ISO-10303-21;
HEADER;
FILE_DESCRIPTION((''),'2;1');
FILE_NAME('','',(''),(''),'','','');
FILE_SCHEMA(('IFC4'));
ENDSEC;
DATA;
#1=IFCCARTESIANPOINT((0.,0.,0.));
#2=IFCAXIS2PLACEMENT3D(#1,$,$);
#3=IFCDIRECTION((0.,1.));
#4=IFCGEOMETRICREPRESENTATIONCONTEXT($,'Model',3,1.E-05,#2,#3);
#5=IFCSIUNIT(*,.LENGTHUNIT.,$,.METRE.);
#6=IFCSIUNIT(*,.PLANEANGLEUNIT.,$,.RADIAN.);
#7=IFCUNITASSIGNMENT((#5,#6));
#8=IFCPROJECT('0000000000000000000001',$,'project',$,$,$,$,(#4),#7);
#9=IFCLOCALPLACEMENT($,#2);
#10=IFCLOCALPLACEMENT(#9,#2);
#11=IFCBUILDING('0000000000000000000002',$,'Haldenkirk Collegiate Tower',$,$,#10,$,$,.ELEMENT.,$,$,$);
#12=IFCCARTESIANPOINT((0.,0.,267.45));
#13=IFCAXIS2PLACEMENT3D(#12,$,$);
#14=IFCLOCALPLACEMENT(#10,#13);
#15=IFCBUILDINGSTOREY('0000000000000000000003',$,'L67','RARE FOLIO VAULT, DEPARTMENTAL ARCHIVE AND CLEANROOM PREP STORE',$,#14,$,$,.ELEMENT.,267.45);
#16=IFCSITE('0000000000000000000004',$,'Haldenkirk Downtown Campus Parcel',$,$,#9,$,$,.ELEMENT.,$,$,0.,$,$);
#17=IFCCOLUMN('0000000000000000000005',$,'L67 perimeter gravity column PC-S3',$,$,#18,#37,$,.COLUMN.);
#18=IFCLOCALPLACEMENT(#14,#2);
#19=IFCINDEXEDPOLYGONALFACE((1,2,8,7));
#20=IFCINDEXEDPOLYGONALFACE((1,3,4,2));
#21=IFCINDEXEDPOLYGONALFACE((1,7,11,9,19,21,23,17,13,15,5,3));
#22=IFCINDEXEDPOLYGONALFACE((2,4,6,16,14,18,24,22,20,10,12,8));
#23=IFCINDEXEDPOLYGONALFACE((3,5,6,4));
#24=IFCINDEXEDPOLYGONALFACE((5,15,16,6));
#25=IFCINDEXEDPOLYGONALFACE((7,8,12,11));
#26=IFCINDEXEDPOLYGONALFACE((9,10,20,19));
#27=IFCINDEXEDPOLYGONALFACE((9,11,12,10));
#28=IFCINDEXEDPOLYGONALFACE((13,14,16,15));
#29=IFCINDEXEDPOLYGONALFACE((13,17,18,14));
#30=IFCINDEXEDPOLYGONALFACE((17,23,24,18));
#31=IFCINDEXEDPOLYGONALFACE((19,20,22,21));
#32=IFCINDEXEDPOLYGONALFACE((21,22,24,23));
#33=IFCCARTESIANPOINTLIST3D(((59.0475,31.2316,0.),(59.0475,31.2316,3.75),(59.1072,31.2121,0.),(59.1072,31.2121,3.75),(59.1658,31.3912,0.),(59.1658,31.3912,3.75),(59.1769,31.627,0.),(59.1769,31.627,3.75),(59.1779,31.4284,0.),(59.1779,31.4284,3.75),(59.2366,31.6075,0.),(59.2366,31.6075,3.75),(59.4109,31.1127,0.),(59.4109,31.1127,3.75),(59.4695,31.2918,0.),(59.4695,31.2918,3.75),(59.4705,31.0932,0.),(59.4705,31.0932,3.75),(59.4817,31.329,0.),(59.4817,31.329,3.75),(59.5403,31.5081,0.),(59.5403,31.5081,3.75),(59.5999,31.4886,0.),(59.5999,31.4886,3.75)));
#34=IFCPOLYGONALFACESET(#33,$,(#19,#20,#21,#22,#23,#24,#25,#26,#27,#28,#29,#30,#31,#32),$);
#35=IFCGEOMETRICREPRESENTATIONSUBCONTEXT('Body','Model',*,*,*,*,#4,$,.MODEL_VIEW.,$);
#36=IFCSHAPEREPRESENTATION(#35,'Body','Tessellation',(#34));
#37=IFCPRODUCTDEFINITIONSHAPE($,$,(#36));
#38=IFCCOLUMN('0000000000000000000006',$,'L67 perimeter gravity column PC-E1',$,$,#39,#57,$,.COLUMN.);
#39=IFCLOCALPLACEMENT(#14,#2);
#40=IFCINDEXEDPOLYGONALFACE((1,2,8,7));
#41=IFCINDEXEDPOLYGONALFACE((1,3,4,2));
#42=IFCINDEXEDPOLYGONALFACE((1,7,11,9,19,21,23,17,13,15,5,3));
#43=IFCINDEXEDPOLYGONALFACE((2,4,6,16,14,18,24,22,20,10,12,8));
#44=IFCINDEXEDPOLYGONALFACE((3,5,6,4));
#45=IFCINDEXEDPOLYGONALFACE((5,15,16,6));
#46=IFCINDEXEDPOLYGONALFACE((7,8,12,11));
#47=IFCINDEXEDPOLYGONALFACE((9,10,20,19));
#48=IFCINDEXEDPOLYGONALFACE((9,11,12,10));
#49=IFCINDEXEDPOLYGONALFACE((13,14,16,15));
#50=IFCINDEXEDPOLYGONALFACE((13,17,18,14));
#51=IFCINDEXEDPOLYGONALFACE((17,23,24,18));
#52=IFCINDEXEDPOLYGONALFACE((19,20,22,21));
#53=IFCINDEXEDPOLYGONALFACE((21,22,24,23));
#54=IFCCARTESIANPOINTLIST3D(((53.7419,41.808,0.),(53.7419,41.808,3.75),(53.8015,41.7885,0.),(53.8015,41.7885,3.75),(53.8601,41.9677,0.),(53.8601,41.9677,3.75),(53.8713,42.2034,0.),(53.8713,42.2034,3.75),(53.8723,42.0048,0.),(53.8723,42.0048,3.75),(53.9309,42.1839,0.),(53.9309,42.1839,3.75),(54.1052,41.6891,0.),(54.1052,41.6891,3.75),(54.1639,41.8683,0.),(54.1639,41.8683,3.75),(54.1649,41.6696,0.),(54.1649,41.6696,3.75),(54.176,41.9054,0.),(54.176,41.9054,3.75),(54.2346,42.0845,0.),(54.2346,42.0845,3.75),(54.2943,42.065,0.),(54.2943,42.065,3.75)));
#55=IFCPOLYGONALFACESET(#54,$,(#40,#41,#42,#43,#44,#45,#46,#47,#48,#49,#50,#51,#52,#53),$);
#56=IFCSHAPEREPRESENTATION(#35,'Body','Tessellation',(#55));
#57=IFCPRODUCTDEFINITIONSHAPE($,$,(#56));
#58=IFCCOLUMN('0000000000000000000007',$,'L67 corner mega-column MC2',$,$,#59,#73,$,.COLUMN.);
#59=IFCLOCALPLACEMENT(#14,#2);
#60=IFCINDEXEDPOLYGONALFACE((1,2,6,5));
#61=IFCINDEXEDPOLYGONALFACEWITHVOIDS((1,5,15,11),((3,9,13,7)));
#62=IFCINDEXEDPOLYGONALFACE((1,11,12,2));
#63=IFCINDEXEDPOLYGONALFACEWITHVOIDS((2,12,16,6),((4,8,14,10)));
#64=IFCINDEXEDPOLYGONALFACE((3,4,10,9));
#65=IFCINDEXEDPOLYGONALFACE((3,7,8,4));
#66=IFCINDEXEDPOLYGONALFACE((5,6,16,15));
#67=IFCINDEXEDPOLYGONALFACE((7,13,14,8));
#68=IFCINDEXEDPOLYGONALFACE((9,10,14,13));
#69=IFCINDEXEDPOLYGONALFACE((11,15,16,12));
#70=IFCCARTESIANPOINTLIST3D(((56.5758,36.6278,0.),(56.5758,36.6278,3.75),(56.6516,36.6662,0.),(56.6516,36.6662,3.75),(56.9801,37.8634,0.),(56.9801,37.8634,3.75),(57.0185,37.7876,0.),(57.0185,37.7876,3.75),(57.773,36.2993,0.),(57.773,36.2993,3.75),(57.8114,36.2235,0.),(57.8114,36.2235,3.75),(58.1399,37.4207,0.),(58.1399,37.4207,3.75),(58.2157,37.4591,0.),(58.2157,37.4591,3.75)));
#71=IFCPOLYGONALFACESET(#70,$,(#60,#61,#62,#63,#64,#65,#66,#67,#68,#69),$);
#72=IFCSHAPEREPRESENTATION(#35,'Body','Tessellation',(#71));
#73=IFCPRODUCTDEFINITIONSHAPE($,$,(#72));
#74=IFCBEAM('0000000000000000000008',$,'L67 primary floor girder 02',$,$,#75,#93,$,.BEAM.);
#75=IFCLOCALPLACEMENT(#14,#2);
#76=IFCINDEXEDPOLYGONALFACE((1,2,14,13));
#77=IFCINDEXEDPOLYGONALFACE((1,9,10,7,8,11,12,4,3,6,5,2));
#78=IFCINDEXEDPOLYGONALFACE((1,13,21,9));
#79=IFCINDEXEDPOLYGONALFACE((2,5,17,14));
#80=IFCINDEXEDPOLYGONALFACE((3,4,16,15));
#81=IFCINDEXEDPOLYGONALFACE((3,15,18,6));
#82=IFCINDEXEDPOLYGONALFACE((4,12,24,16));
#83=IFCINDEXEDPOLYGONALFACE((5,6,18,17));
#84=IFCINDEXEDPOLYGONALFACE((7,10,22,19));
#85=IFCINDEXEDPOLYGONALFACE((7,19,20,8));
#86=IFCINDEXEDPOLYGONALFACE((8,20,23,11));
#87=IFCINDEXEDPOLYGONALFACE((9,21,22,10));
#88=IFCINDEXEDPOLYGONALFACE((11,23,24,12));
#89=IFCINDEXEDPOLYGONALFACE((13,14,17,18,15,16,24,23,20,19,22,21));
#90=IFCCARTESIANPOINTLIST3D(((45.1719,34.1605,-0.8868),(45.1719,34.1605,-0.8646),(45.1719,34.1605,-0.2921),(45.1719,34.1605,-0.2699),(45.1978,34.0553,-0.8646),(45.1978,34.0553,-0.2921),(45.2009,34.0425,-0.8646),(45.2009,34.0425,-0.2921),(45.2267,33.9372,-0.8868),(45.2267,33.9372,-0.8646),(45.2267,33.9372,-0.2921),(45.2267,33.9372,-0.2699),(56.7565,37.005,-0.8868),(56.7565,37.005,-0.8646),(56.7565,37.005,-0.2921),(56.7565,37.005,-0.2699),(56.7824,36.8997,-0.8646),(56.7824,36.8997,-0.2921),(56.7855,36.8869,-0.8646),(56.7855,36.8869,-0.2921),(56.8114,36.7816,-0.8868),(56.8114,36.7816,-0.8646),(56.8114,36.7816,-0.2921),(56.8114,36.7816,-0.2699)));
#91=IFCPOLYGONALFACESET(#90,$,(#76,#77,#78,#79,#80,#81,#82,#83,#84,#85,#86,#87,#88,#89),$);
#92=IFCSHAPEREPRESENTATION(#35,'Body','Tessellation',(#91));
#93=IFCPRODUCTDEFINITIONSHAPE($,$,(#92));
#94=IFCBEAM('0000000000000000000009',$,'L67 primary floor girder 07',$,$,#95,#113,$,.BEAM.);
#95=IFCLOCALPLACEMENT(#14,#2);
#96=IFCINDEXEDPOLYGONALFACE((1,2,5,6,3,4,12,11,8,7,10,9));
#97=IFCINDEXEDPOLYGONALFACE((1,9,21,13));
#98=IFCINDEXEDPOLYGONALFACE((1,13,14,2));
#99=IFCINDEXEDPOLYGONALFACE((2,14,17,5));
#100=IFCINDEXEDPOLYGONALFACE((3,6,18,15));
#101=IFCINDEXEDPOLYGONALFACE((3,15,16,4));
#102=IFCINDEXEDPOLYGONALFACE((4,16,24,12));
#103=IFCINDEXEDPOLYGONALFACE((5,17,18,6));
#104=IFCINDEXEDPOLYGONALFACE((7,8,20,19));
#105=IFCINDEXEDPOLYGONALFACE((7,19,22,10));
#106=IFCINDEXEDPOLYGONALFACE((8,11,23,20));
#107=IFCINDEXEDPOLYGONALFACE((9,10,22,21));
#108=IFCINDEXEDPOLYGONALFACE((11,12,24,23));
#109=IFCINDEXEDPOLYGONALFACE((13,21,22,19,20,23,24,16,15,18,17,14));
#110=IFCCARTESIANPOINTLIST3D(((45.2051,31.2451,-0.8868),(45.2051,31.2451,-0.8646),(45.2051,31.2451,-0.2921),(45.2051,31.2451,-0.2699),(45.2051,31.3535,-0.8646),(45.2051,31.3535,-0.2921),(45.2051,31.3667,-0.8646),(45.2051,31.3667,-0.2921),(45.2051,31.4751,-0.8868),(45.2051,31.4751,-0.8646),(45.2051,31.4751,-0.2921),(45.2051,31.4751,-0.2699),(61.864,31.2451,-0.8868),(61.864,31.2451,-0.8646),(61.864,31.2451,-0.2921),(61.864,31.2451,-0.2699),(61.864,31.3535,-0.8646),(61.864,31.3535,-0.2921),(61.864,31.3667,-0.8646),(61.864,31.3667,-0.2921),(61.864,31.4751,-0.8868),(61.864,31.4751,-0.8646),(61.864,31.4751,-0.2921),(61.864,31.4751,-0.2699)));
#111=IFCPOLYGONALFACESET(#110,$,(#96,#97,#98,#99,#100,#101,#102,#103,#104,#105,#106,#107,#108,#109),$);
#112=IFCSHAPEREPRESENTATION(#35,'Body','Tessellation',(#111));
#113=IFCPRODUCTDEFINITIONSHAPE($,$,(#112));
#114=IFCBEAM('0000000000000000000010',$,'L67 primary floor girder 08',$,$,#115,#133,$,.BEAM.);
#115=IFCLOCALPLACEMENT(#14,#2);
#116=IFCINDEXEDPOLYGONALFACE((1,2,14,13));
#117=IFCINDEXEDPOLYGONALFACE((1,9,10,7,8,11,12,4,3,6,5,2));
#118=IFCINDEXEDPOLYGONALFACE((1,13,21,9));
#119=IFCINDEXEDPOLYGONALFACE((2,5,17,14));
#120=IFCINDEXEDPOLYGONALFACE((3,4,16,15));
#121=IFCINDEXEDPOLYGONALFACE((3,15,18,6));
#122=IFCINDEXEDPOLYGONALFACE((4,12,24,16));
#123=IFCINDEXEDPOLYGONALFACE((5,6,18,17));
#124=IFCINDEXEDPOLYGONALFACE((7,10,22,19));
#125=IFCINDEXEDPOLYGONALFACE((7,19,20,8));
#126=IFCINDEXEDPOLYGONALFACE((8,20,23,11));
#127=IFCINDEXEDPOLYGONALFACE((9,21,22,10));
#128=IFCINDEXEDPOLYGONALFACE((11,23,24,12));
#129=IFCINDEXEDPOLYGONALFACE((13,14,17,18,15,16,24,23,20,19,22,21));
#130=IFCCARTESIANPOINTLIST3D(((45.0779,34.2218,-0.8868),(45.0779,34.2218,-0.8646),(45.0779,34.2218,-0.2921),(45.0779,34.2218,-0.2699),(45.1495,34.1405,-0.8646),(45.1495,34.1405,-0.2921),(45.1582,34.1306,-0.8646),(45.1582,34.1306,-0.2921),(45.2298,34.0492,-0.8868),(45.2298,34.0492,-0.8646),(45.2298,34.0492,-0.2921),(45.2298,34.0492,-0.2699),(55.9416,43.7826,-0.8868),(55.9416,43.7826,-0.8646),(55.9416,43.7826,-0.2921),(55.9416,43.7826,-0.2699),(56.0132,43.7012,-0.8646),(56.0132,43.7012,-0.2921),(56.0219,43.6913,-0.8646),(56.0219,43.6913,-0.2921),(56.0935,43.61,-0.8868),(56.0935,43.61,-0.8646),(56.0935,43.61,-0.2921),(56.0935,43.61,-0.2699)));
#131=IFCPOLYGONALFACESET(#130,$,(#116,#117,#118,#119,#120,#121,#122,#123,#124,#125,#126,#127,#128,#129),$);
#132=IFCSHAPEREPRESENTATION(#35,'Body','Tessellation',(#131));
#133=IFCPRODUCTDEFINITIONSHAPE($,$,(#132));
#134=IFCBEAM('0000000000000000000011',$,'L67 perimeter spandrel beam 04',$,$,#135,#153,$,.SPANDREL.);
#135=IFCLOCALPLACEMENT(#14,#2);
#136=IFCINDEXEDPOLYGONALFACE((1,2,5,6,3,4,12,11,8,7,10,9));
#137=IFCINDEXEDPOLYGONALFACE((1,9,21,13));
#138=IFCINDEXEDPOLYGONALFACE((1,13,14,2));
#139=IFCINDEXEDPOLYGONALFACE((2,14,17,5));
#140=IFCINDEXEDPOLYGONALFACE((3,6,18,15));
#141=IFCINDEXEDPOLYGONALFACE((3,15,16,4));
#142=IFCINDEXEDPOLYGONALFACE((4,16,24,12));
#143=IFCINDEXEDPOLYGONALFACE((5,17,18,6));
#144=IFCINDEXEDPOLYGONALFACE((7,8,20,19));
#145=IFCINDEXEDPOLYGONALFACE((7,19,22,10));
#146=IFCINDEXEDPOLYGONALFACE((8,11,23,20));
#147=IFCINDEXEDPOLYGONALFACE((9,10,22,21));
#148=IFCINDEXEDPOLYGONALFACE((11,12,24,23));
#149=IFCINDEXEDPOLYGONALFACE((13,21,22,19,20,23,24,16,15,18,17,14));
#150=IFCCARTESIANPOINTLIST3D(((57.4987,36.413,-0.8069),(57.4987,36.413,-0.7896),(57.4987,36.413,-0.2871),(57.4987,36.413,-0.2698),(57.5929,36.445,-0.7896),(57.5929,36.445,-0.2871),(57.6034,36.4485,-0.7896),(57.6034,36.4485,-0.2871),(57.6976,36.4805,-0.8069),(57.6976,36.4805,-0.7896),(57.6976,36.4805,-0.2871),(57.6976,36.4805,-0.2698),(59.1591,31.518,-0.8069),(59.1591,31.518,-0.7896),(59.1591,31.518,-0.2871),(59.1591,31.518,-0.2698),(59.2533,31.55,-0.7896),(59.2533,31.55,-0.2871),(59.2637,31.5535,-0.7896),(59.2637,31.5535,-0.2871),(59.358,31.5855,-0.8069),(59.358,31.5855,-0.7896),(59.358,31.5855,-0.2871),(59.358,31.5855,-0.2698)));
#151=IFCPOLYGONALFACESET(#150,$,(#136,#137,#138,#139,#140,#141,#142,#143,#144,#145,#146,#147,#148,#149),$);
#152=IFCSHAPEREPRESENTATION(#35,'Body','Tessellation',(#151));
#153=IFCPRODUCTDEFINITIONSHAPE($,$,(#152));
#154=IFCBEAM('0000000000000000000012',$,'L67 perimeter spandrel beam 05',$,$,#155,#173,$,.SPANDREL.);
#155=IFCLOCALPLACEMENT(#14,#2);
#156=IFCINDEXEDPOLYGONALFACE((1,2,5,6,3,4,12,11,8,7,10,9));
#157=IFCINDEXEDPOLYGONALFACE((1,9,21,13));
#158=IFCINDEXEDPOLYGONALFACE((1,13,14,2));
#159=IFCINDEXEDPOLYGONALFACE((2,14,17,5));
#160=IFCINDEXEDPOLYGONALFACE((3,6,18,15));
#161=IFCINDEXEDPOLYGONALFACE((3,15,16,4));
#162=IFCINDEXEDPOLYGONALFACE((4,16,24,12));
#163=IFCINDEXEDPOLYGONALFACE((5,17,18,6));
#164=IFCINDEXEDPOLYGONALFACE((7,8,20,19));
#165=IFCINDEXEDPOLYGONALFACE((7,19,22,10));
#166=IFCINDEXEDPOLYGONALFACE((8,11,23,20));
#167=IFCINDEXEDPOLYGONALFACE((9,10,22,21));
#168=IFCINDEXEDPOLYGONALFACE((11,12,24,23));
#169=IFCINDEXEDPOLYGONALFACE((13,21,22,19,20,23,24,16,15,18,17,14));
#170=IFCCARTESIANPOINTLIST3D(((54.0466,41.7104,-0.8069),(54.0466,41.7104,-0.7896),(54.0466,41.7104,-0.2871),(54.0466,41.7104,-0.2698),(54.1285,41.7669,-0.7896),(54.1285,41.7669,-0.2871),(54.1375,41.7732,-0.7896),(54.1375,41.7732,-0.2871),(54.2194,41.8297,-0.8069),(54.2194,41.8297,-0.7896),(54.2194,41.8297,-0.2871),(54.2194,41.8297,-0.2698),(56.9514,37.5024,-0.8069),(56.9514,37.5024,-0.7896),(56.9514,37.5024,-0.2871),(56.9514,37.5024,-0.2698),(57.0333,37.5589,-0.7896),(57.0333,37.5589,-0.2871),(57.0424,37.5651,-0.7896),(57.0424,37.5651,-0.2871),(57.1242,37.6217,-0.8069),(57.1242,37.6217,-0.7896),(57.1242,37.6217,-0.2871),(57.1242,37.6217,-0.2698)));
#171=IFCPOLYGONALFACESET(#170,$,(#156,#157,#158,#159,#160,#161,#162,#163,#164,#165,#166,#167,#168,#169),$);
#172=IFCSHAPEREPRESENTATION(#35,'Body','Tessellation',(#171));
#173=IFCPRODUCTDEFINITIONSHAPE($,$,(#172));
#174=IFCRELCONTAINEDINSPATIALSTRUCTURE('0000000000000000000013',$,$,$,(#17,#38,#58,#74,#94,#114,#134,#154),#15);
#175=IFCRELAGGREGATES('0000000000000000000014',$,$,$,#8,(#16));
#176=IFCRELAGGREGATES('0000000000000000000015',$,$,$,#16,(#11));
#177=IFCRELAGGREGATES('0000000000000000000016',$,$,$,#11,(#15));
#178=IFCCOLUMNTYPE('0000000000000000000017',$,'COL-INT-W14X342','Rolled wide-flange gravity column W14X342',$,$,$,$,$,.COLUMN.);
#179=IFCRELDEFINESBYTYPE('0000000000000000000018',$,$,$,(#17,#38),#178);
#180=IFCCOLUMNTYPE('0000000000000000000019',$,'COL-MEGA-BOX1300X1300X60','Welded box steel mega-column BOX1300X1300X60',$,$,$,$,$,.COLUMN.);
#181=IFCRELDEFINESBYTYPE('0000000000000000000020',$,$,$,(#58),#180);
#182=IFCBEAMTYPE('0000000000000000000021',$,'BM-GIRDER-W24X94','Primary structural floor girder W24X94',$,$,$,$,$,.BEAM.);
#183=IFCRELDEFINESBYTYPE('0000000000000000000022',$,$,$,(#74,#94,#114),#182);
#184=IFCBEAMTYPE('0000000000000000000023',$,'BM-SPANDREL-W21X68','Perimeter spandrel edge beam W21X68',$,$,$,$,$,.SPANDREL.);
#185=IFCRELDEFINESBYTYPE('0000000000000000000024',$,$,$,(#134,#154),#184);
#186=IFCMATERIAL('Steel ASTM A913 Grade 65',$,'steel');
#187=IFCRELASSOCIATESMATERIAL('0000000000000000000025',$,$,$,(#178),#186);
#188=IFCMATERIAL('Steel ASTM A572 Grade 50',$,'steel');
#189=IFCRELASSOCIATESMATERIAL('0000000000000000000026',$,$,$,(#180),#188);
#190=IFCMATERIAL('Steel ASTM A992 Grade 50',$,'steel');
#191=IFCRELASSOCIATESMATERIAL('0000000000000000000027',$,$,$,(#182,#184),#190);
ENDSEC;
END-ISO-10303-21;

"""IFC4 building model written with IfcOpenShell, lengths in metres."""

from ifc_helpers import new_model, si_unit, direction, frame, origin, origin_2d, place, context, subcontext, project, spatial, hollow_rectangle, i_section, extrude, material, material_profile, profile_set, type_object, element, save


model = new_model("IFC4")

# Units and contexts
model_context = context("Model", 3, precision=1e-05, world=origin(), true_north=direction((0.0, 1.0)))
body_context = subcontext(model_context, "Body", "Model", "MODEL_VIEW")
ifc_project = project(units=[si_unit("LENGTHUNIT", "METRE"), si_unit("PLANEANGLEUNIT", "RADIAN")], contexts=[model_context])

# Site, building, storey
site_placement = place(None, origin())
site = spatial("IfcSite", under=ifc_project, at=site_placement, Name="Haldenkirk Downtown Campus Parcel", CompositionType="ELEMENT", RefElevation=0.0)
building_placement = place(site_placement, origin())
building = spatial("IfcBuilding", under=site, at=building_placement, Name="Haldenkirk Collegiate Tower", CompositionType="ELEMENT")
storey_placement = place(building_placement, frame((0.0, 0.0, 267.45)))
storey = spatial("IfcBuildingStorey", under=building, at=storey_placement, Name="L67", Description="RARE FOLIO VAULT, DEPARTMENTAL ARCHIVE AND CLEANROOM PREP STORE", CompositionType="ELEMENT", Elevation=267.45)

# Columns
ifc_material_1 = material(Name="Steel ASTM A913 Grade 65", Category="steel")
ifc_material_profile_1 = material_profile(ifc_material_1, i_section(OverallWidth=0.416, OverallDepth=0.4451, WebThickness=0.0391, FlangeThickness=0.0627, at=origin_2d()), Name="W14X342")
ifc_profile_set_1 = profile_set([ifc_material_profile_1], Name="Steel ASTM A913 Grade 65")
column_type_1 = type_object("IfcColumnType", Name="COL-INT-W14X342", Description="Rolled wide-flange gravity column W14X342", PredefinedType="COLUMN", material=ifc_profile_set_1)
for number, where, z_axis, x_axis, name in (
    (1, (59.3237, 31.3601, 0.0), (0.0, 0.0, 1.0), (0.311008, 0.950407, 0.0), "L67 perimeter gravity column PC-S3"),
    (2, (54.0181, 41.9365, 0.0), (0.0, 0.0, 1.0), (0.311008, 0.950407, 0.0), "L67 perimeter gravity column PC-E1"),
):
    element("IfcColumn", number, at=place(storey_placement, frame(where, z_axis=z_axis, x_axis=x_axis)), inside=storey, type_object=column_type_1, Name=name, PredefinedType="COLUMN", context=body_context, shape_type="SweptSolid", body=[
        extrude(i_section(OverallWidth=0.416, OverallDepth=0.4451, WebThickness=0.0391, FlangeThickness=0.0627, at=origin_2d()), origin(), (0.0, 0.0, 1.0), 3.75),
    ])
ifc_material_2 = material(Name="Steel ASTM A572 Grade 50", Category="steel")
ifc_material_profile_2 = material_profile(ifc_material_2, hollow_rectangle(XDim=1.3, YDim=1.3, WallThickness=0.0601, at=origin_2d()), Name="BOX1300X1300X60")
ifc_profile_set_2 = profile_set([ifc_material_profile_2], Name="Steel ASTM A572 Grade 50")
column_type_2 = type_object("IfcColumnType", Name="COL-MEGA-BOX1300X1300X60", Description="Welded box steel mega-column BOX1300X1300X60", PredefinedType="COLUMN", material=ifc_profile_set_2)
column_placement = place(storey_placement, frame((57.3958, 37.0435, 0.0), z_axis=(0.0, 0.0, 1.0), x_axis=(0.311008, 0.950407, 0.0)))
element("IfcColumn", 3, at=column_placement, inside=storey, type_object=column_type_2, Name="L67 corner mega-column MC2", PredefinedType="COLUMN", context=body_context, shape_type="SweptSolid", body=[
    extrude(hollow_rectangle(XDim=1.3, YDim=1.3, WallThickness=0.0601, at=origin_2d()), origin(), (0.0, 0.0, 1.0), 3.75),
])

# Beams
ifc_material_3 = material(Name="Steel ASTM A992 Grade 50", Category="steel")
ifc_material_profile_3 = material_profile(ifc_material_3, i_section(OverallWidth=0.23, OverallDepth=0.6169, WebThickness=0.0132, FlangeThickness=0.0222, at=origin_2d()), Name="W24X94")
ifc_profile_set_3 = profile_set([ifc_material_profile_3], Name="Steel ASTM A992 Grade 50")
beam_type_1 = type_object("IfcBeamType", Name="BM-GIRDER-W24X94", Description="Primary structural floor girder W24X94", PredefinedType="BEAM", material=ifc_profile_set_3)
beam_1_placement = place(storey_placement, frame((56.7839, 36.8933, -0.5784), z_axis=(-0.971154, -0.238455, 0.0), x_axis=(0.238455, -0.971154, 0.0)))
element("IfcBeam", 4, at=beam_1_placement, inside=storey, type_object=beam_type_1, Name="L67 primary floor girder 02", PredefinedType="BEAM", context=body_context, shape_type="SweptSolid", body=[
    extrude(i_section(OverallWidth=0.23, OverallDepth=0.6169, WebThickness=0.0132, FlangeThickness=0.0222, at=origin_2d()), origin(), (0.0, 0.0, 1.0), 11.9287),
])
beam_2_placement = place(storey_placement, frame((61.864, 31.3601, -0.5784), z_axis=(-1.0, 0.0, 0.0), x_axis=(0.0, -1.0, 0.0)))
element("IfcBeam", 5, at=beam_2_placement, inside=storey, type_object=beam_type_1, Name="L67 primary floor girder 07", PredefinedType="BEAM", context=body_context, shape_type="SweptSolid", body=[
    extrude(i_section(OverallWidth=0.23, OverallDepth=0.6169, WebThickness=0.0132, FlangeThickness=0.0222, at=origin_2d()), origin(), (0.0, 0.0, 1.0), 16.6589),
])
beam_3_placement = place(storey_placement, frame((56.0176, 43.6963, -0.5784), z_axis=(-0.75069, -0.660654, 0.0), x_axis=(0.660654, -0.75069, 0.0)))
element("IfcBeam", 6, at=beam_3_placement, inside=storey, type_object=beam_type_1, Name="L67 primary floor girder 08", PredefinedType="BEAM", context=body_context, shape_type="SweptSolid", body=[
    extrude(i_section(OverallWidth=0.23, OverallDepth=0.6169, WebThickness=0.0132, FlangeThickness=0.0222, at=origin_2d()), origin(), (0.0, 0.0, 1.0), 14.4717),
])
ifc_material_profile_4 = material_profile(ifc_material_3, i_section(OverallWidth=0.21, OverallDepth=0.5371, WebThickness=0.011, FlangeThickness=0.0173, at=origin_2d()), Name="W21X68")
ifc_profile_set_4 = profile_set([ifc_material_profile_4], Name="Steel ASTM A992 Grade 50")
beam_type_2 = type_object("IfcBeamType", Name="BM-SPANDREL-W21X68", Description="Perimeter spandrel edge beam W21X68", PredefinedType="SPANDREL", material=ifc_profile_set_4)
beam_4_placement = place(storey_placement, frame((59.2585, 31.5518, -0.5383), z_axis=(-0.321225, 0.947003, 0.0), x_axis=(-0.947003, -0.321225, 0.0)))
element("IfcBeam", 7, at=beam_4_placement, inside=storey, type_object=beam_type_2, Name="L67 perimeter spandrel beam 04", PredefinedType="SPANDREL", context=body_context, shape_type="SweptSolid", body=[
    extrude(i_section(OverallWidth=0.21, OverallDepth=0.5371, WebThickness=0.011, FlangeThickness=0.0173, at=origin_2d()), origin(), (0.0, 0.0, 1.0), 5.1689),
])
beam_5_placement = place(storey_placement, frame((57.0378, 37.562, -0.5383), z_axis=(-0.568092, 0.822965, 0.0), x_axis=(-0.822965, -0.568092, 0.0)))
element("IfcBeam", 8, at=beam_5_placement, inside=storey, type_object=beam_type_2, Name="L67 perimeter spandrel beam 05", PredefinedType="SPANDREL", context=body_context, shape_type="SweptSolid", body=[
    extrude(i_section(OverallWidth=0.21, OverallDepth=0.5371, WebThickness=0.011, FlangeThickness=0.0173, at=origin_2d()), origin(), (0.0, 0.0, 1.0), 5.1133),
])

save(model, "model.ifc")
